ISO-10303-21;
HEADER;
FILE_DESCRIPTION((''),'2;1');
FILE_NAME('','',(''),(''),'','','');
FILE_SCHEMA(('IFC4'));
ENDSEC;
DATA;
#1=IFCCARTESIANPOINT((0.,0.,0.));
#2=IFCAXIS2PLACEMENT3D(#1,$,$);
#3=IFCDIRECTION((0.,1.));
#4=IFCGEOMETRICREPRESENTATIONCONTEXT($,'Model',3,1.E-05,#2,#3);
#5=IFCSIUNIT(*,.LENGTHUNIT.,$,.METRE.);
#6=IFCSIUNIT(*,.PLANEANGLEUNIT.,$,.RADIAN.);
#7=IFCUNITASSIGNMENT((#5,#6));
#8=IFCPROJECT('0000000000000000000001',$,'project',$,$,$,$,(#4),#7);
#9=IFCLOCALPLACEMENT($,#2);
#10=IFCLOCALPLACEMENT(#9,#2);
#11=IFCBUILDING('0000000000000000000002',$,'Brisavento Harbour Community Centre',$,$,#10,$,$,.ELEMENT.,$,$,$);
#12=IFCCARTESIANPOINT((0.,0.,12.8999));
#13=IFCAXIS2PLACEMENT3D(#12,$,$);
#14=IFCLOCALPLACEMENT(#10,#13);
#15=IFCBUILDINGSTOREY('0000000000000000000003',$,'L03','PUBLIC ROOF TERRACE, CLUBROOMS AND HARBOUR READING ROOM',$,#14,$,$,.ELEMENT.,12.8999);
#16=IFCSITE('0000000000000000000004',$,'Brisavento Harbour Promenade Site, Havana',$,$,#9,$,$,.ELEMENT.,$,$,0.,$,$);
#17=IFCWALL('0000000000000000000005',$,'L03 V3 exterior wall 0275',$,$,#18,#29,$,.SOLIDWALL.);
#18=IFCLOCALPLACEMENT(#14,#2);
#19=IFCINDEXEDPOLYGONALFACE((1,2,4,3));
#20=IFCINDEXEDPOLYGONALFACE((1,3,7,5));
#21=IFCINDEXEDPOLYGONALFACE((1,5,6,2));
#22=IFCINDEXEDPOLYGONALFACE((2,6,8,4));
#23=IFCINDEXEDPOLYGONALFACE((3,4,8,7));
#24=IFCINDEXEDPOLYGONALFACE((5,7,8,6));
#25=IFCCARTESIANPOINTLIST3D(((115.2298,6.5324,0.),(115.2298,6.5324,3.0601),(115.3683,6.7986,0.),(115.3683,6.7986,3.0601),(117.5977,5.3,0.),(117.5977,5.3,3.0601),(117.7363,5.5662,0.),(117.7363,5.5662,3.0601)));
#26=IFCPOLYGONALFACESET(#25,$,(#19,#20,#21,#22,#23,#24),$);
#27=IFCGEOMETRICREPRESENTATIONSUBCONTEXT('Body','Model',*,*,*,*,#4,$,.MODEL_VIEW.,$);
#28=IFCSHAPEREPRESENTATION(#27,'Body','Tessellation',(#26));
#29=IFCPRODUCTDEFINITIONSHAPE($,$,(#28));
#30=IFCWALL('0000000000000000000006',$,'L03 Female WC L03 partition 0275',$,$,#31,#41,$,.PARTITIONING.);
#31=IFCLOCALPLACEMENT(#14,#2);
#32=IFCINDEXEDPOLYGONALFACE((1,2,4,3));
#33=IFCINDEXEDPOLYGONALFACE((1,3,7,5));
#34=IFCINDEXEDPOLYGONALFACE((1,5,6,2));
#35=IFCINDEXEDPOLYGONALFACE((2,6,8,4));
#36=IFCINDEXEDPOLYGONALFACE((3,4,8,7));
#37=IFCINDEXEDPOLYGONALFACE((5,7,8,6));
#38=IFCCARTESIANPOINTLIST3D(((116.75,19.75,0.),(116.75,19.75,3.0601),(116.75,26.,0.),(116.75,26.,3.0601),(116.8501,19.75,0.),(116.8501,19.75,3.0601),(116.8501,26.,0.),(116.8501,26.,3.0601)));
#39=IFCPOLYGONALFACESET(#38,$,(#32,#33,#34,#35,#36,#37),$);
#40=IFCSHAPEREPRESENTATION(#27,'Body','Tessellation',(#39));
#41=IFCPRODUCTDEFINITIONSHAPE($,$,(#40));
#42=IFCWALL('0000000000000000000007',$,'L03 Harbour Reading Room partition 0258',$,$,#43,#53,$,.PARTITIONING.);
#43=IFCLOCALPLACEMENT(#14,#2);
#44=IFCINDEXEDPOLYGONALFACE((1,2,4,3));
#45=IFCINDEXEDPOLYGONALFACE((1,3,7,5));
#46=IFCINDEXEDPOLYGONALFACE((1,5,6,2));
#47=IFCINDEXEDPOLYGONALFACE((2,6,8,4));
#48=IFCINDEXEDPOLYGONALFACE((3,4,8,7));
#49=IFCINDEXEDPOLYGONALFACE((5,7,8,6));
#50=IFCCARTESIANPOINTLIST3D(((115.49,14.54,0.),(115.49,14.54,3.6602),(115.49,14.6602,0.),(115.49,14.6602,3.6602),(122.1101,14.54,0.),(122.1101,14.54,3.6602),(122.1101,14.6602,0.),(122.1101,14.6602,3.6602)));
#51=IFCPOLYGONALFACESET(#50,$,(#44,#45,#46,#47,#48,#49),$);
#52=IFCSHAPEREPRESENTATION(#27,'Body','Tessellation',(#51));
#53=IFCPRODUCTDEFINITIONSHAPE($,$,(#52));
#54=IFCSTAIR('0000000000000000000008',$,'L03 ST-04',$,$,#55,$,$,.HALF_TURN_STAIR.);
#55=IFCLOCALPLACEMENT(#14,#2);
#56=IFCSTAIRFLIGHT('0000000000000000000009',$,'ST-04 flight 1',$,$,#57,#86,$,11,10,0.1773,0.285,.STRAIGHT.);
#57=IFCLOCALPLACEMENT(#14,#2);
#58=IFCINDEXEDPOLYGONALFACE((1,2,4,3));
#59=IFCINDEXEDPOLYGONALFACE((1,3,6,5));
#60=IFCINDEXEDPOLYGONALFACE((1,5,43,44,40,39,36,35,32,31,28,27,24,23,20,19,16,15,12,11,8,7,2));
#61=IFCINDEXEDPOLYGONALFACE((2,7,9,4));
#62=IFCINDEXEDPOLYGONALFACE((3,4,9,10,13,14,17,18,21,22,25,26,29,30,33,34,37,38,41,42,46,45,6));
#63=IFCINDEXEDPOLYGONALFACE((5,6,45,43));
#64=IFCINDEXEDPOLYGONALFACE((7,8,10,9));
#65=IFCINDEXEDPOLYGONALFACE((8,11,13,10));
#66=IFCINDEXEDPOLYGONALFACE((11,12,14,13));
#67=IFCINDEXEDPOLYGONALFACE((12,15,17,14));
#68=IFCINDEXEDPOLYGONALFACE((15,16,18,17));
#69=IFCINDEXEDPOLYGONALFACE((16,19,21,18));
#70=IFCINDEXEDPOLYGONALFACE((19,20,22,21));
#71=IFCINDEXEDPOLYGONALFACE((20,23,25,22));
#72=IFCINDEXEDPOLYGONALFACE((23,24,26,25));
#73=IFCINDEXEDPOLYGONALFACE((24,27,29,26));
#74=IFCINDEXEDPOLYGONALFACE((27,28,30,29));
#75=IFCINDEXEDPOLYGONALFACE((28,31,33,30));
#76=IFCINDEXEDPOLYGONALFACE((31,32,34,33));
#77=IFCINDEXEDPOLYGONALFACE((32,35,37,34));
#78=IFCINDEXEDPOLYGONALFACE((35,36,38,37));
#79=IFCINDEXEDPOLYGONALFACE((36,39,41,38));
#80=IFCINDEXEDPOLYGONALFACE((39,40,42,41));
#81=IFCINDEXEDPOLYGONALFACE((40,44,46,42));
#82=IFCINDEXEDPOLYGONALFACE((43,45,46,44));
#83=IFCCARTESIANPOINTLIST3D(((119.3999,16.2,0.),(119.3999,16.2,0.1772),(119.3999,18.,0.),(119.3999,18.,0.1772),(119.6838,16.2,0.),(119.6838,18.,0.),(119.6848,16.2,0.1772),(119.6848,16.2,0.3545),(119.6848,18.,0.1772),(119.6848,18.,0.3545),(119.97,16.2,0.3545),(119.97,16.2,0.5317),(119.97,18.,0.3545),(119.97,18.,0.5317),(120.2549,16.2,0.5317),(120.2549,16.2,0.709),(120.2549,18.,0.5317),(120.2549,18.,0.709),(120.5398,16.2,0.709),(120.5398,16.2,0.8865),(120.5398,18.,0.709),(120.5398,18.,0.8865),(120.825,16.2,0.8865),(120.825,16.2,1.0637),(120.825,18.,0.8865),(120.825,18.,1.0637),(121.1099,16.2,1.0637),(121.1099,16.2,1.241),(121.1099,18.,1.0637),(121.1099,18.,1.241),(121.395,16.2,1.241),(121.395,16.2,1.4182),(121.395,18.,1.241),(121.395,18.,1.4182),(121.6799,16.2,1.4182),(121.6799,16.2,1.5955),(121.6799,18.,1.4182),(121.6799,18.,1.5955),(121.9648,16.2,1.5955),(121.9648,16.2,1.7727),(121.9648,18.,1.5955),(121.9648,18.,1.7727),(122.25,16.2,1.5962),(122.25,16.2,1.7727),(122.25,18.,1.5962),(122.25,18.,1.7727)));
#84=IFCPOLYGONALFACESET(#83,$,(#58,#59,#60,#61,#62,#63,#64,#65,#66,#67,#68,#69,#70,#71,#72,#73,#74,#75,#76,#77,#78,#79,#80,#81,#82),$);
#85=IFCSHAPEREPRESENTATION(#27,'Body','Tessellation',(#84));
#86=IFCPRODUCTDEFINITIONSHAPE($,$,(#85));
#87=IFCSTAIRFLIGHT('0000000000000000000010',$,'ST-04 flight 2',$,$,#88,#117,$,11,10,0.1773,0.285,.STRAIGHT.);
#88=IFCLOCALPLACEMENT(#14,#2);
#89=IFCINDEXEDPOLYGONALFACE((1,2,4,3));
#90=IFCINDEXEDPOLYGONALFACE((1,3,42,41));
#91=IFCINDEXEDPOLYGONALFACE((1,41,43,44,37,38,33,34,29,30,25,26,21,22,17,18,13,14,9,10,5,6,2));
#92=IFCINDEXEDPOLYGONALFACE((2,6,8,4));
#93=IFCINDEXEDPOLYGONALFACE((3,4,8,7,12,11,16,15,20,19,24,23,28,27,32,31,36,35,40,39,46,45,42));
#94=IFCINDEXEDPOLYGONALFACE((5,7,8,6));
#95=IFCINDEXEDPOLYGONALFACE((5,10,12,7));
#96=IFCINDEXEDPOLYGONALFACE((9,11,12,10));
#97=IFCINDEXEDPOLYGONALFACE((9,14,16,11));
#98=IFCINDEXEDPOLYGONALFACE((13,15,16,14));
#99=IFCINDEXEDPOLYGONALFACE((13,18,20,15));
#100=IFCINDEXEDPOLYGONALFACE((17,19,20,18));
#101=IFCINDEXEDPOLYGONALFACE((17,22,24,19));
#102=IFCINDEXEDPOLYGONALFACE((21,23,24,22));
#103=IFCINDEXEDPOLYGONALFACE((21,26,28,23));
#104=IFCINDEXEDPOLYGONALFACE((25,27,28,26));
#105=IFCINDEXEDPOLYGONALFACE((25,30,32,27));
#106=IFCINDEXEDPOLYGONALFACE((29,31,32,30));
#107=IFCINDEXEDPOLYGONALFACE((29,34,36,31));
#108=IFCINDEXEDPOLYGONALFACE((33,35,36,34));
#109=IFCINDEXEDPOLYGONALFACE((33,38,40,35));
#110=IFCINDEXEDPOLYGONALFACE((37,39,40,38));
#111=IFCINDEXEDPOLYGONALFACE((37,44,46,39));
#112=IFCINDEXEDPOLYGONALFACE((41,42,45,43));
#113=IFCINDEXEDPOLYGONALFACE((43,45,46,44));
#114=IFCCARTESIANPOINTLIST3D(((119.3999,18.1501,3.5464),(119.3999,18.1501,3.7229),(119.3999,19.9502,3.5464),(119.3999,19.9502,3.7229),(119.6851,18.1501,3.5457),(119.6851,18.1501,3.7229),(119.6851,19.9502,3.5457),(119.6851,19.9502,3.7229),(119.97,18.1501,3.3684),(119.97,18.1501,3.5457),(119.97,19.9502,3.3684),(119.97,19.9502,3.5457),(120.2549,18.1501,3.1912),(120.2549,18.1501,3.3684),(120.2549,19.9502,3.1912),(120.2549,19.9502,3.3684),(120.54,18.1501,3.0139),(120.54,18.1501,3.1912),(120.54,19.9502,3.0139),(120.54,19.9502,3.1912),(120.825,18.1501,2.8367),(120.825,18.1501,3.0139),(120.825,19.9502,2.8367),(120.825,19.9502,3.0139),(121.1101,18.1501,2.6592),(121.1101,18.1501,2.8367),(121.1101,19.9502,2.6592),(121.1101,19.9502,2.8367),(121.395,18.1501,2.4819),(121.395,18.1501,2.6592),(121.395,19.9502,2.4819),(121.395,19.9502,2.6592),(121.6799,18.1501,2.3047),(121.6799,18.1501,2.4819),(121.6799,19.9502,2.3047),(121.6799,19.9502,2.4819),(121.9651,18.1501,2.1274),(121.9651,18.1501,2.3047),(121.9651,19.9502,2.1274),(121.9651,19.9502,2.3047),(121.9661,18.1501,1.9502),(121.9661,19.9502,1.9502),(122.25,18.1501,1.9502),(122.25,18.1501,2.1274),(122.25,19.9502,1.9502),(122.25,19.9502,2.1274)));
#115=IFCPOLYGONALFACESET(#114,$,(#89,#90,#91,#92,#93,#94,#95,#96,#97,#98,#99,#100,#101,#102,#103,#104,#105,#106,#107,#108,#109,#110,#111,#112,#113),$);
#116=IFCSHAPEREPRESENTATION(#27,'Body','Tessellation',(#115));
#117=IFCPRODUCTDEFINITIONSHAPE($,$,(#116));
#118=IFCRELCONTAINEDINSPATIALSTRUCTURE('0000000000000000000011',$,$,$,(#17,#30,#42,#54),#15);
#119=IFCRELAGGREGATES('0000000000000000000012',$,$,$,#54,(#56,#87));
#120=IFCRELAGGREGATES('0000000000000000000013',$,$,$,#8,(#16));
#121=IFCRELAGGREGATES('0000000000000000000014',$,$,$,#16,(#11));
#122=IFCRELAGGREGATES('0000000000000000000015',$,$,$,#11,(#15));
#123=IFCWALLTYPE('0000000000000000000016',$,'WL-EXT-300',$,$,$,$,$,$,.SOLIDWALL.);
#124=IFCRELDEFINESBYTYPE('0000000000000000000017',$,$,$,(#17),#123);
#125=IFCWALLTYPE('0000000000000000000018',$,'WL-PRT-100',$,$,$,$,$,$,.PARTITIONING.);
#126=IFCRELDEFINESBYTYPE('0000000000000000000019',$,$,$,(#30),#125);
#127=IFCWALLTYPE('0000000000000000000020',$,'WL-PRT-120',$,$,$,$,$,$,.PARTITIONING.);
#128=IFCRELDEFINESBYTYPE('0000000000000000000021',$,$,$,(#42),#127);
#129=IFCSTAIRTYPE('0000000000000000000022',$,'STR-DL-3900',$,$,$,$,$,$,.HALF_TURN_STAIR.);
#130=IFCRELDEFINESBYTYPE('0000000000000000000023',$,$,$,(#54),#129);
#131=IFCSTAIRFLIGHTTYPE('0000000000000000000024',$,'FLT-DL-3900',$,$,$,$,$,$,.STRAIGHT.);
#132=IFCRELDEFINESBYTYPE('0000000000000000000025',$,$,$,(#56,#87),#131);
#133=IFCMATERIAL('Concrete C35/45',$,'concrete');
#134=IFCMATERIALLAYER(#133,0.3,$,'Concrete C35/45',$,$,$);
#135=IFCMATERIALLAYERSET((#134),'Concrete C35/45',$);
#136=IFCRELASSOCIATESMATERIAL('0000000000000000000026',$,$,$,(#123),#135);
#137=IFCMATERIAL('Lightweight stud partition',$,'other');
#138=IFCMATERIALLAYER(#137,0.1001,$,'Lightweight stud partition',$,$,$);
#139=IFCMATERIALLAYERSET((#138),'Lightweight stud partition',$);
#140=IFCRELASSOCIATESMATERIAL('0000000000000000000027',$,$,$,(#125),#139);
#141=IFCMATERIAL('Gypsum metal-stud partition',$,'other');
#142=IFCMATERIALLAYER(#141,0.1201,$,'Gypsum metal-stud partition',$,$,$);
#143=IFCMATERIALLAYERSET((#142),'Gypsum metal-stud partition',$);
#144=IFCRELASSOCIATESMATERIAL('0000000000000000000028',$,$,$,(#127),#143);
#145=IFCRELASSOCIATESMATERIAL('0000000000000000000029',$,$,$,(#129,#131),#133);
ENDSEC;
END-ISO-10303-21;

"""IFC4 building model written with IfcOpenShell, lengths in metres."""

from ifc_helpers import new_model, si_unit, direction, frame, frame_2d, origin, place, context, subcontext, project, spatial, polyline, rectangle, outline, extrude, material, layer, layer_set, type_object, element, aggregate, save


model = new_model("IFC4")

# Units and contexts
model_context = context("Model", 3, precision=1e-05, world=origin(), true_north=direction((0.0, 1.0)))
body_context = subcontext(model_context, "Body", "Model", "MODEL_VIEW")
ifc_project = project(units=[si_unit("LENGTHUNIT", "METRE"), si_unit("PLANEANGLEUNIT", "RADIAN")], contexts=[model_context])

# Site, building, storey
site_placement = place(None, origin())
site = spatial("IfcSite", under=ifc_project, at=site_placement, Name="Brisavento Harbour Promenade Site, Havana", CompositionType="ELEMENT", RefElevation=0.0)
building_placement = place(site_placement, origin())
building = spatial("IfcBuilding", under=site, at=building_placement, Name="Brisavento Harbour Community Centre", CompositionType="ELEMENT")
storey_placement = place(building_placement, frame((0.0, 0.0, 12.8999)))
storey = spatial("IfcBuildingStorey", under=building, at=storey_placement, Name="L03", Description="PUBLIC ROOF TERRACE, CLUBROOMS AND HARBOUR READING ROOM", CompositionType="ELEMENT", Elevation=12.8999)

# Shared definitions
ifc_material_1 = material(Name="Concrete C35/45", Category="concrete")

# Walls
ifc_layer_1 = layer(ifc_material_1, 0.3, Name="Concrete C35/45")
ifc_layer_set_1 = layer_set([ifc_layer_1], Name="Concrete C35/45")
wall_type_1 = type_object("IfcWallType", Name="WL-EXT-300", PredefinedType="SOLIDWALL", material=ifc_layer_set_1)
wall_1_placement = place(storey_placement, frame((117.667, 5.4331, 0.0), z_axis=(0.0, 0.0, 1.0), x_axis=(-0.887048, 0.461678, 0.0)))
element("IfcWall", 1, at=wall_1_placement, inside=storey, type_object=wall_type_1, Name="L03 V3 exterior wall 0275", PredefinedType="SOLIDWALL", context=body_context, shape_type="SweptSolid", body=[
    extrude(rectangle(XDim=2.6694, YDim=0.3, at=frame_2d((1.3347, 0.0))), origin(), (0.0, 0.0, 1.0), 3.0601),
])
ifc_material_2 = material(Name="Lightweight stud partition", Category="other")
ifc_layer_2 = layer(ifc_material_2, 0.1001, Name="Lightweight stud partition")
ifc_layer_set_2 = layer_set([ifc_layer_2], Name="Lightweight stud partition")
wall_type_2 = type_object("IfcWallType", Name="WL-PRT-100", PredefinedType="PARTITIONING", material=ifc_layer_set_2)
wall_2_placement = place(storey_placement, frame((116.8, 19.75, 0.0), z_axis=(0.0, 0.0, 1.0), x_axis=(0.0, 1.0, 0.0)))
element("IfcWall", 2, at=wall_2_placement, inside=storey, type_object=wall_type_2, Name="L03 Female WC L03 partition 0275", PredefinedType="PARTITIONING", context=body_context, shape_type="SweptSolid", body=[
    extrude(rectangle(XDim=6.25, YDim=0.1001, at=frame_2d((3.125, 0.0))), origin(), (0.0, 0.0, 1.0), 3.0601),
])
ifc_material_3 = material(Name="Gypsum metal-stud partition", Category="other")
ifc_layer_3 = layer(ifc_material_3, 0.1201, Name="Gypsum metal-stud partition")
ifc_layer_set_3 = layer_set([ifc_layer_3], Name="Gypsum metal-stud partition")
wall_type_3 = type_object("IfcWallType", Name="WL-PRT-120", PredefinedType="PARTITIONING", material=ifc_layer_set_3)
wall_3_placement = place(storey_placement, frame((122.1101, 14.6001, 0.0), z_axis=(0.0, 0.0, 1.0), x_axis=(-1.0, 0.0, 0.0)))
element("IfcWall", 3, at=wall_3_placement, inside=storey, type_object=wall_type_3, Name="L03 Harbour Reading Room partition 0258", PredefinedType="PARTITIONING", context=body_context, shape_type="SweptSolid", body=[
    extrude(rectangle(XDim=6.6201, YDim=0.1201, at=frame_2d((3.3101, 0.0))), origin(), (0.0, 0.0, 1.0), 3.6602),
])

# Stair, stair flights
stair_type = type_object("IfcStairType", Name="STR-DL-3900", PredefinedType="HALF_TURN_STAIR", material=ifc_material_1)
stair_placement = place(storey_placement, origin())
stair = element("IfcStair", 4, at=stair_placement, inside=storey, type_object=stair_type, Name="L03 ST-04", PredefinedType="HALF_TURN_STAIR")
stair_flight_type = type_object("IfcStairFlightType", Name="FLT-DL-3900", PredefinedType="STRAIGHT", material=ifc_material_1)
stair_flight_1_placement = place(storey_placement, frame((119.3999, 17.1001, 0.0), z_axis=(0.0, 0.0, 1.0), x_axis=(1.0, 0.0, 0.0)))
stair_flight_1 = element("IfcStairFlight", 5, at=stair_flight_1_placement, type_object=stair_flight_type, Name="ST-04 flight 1", NumberOfRisers=11, NumberOfTreads=10, PredefinedType="STRAIGHT", RiserHeight=0.1773, TreadLength=0.285, context=body_context, shape_type="SweptSolid", body=[
    extrude(outline(polyline([(0.0, 0.0), (0.0, 0.1772), (0.2849, 0.1772), (0.2849, 0.3545), (0.5701, 0.3545), (0.5701, 0.5317), (0.855, 0.5317), (0.855, 0.709), (1.1399, 0.709), (1.1399, 0.8865), (1.425, 0.8865), (1.425, 1.0637), (1.71, 1.0637), (1.71, 1.241), (1.9951, 1.241), (1.9951, 1.4182), (2.28, 1.4182), (2.28, 1.5955), (2.5649, 1.5955), (2.5649, 1.7727), (2.8501, 1.7727), (2.8501, 1.95), (2.8501, 1.5962), (0.2839, 0.0), (0.0, 0.0)])), frame((0.0, 0.8999, 0.0), z_axis=(0.0, -1.0, 0.0), x_axis=(1.0, 0.0, 0.0)), (0.0, 0.0, 1.0), 1.8),
])
stair_flight_2_placement = place(storey_placement, frame((122.25, 19.05, 1.9502), z_axis=(0.0, 0.0, 1.0), x_axis=(-1.0, 0.0, 0.0)))
stair_flight_2 = element("IfcStairFlight", 6, at=stair_flight_2_placement, type_object=stair_flight_type, Name="ST-04 flight 2", NumberOfRisers=11, NumberOfTreads=10, PredefinedType="STRAIGHT", RiserHeight=0.1773, TreadLength=0.285, context=body_context, shape_type="SweptSolid", body=[
    extrude(outline(polyline([(0.0, 0.0), (0.0, 0.1772), (0.2849, 0.1772), (0.2849, 0.3545), (0.5701, 0.3545), (0.5701, 0.5317), (0.855, 0.5317), (0.855, 0.709), (1.1399, 0.709), (1.1399, 0.8865), (1.425, 0.8865), (1.425, 1.0637), (1.71, 1.0637), (1.71, 1.241), (1.9951, 1.241), (1.9951, 1.4182), (2.28, 1.4182), (2.28, 1.5955), (2.5649, 1.5955), (2.5649, 1.7727), (2.8501, 1.7727), (2.8501, 1.95), (2.8501, 1.5962), (0.2839, 0.0), (0.0, 0.0)])), frame((0.0, 0.8999, 0.0), z_axis=(0.0, -1.0, 0.0), x_axis=(1.0, 0.0, 0.0)), (0.0, 0.0, 1.0), 1.8),
])
aggregate(stair, [stair_flight_1, stair_flight_2])

save(model, "model.ifc")
